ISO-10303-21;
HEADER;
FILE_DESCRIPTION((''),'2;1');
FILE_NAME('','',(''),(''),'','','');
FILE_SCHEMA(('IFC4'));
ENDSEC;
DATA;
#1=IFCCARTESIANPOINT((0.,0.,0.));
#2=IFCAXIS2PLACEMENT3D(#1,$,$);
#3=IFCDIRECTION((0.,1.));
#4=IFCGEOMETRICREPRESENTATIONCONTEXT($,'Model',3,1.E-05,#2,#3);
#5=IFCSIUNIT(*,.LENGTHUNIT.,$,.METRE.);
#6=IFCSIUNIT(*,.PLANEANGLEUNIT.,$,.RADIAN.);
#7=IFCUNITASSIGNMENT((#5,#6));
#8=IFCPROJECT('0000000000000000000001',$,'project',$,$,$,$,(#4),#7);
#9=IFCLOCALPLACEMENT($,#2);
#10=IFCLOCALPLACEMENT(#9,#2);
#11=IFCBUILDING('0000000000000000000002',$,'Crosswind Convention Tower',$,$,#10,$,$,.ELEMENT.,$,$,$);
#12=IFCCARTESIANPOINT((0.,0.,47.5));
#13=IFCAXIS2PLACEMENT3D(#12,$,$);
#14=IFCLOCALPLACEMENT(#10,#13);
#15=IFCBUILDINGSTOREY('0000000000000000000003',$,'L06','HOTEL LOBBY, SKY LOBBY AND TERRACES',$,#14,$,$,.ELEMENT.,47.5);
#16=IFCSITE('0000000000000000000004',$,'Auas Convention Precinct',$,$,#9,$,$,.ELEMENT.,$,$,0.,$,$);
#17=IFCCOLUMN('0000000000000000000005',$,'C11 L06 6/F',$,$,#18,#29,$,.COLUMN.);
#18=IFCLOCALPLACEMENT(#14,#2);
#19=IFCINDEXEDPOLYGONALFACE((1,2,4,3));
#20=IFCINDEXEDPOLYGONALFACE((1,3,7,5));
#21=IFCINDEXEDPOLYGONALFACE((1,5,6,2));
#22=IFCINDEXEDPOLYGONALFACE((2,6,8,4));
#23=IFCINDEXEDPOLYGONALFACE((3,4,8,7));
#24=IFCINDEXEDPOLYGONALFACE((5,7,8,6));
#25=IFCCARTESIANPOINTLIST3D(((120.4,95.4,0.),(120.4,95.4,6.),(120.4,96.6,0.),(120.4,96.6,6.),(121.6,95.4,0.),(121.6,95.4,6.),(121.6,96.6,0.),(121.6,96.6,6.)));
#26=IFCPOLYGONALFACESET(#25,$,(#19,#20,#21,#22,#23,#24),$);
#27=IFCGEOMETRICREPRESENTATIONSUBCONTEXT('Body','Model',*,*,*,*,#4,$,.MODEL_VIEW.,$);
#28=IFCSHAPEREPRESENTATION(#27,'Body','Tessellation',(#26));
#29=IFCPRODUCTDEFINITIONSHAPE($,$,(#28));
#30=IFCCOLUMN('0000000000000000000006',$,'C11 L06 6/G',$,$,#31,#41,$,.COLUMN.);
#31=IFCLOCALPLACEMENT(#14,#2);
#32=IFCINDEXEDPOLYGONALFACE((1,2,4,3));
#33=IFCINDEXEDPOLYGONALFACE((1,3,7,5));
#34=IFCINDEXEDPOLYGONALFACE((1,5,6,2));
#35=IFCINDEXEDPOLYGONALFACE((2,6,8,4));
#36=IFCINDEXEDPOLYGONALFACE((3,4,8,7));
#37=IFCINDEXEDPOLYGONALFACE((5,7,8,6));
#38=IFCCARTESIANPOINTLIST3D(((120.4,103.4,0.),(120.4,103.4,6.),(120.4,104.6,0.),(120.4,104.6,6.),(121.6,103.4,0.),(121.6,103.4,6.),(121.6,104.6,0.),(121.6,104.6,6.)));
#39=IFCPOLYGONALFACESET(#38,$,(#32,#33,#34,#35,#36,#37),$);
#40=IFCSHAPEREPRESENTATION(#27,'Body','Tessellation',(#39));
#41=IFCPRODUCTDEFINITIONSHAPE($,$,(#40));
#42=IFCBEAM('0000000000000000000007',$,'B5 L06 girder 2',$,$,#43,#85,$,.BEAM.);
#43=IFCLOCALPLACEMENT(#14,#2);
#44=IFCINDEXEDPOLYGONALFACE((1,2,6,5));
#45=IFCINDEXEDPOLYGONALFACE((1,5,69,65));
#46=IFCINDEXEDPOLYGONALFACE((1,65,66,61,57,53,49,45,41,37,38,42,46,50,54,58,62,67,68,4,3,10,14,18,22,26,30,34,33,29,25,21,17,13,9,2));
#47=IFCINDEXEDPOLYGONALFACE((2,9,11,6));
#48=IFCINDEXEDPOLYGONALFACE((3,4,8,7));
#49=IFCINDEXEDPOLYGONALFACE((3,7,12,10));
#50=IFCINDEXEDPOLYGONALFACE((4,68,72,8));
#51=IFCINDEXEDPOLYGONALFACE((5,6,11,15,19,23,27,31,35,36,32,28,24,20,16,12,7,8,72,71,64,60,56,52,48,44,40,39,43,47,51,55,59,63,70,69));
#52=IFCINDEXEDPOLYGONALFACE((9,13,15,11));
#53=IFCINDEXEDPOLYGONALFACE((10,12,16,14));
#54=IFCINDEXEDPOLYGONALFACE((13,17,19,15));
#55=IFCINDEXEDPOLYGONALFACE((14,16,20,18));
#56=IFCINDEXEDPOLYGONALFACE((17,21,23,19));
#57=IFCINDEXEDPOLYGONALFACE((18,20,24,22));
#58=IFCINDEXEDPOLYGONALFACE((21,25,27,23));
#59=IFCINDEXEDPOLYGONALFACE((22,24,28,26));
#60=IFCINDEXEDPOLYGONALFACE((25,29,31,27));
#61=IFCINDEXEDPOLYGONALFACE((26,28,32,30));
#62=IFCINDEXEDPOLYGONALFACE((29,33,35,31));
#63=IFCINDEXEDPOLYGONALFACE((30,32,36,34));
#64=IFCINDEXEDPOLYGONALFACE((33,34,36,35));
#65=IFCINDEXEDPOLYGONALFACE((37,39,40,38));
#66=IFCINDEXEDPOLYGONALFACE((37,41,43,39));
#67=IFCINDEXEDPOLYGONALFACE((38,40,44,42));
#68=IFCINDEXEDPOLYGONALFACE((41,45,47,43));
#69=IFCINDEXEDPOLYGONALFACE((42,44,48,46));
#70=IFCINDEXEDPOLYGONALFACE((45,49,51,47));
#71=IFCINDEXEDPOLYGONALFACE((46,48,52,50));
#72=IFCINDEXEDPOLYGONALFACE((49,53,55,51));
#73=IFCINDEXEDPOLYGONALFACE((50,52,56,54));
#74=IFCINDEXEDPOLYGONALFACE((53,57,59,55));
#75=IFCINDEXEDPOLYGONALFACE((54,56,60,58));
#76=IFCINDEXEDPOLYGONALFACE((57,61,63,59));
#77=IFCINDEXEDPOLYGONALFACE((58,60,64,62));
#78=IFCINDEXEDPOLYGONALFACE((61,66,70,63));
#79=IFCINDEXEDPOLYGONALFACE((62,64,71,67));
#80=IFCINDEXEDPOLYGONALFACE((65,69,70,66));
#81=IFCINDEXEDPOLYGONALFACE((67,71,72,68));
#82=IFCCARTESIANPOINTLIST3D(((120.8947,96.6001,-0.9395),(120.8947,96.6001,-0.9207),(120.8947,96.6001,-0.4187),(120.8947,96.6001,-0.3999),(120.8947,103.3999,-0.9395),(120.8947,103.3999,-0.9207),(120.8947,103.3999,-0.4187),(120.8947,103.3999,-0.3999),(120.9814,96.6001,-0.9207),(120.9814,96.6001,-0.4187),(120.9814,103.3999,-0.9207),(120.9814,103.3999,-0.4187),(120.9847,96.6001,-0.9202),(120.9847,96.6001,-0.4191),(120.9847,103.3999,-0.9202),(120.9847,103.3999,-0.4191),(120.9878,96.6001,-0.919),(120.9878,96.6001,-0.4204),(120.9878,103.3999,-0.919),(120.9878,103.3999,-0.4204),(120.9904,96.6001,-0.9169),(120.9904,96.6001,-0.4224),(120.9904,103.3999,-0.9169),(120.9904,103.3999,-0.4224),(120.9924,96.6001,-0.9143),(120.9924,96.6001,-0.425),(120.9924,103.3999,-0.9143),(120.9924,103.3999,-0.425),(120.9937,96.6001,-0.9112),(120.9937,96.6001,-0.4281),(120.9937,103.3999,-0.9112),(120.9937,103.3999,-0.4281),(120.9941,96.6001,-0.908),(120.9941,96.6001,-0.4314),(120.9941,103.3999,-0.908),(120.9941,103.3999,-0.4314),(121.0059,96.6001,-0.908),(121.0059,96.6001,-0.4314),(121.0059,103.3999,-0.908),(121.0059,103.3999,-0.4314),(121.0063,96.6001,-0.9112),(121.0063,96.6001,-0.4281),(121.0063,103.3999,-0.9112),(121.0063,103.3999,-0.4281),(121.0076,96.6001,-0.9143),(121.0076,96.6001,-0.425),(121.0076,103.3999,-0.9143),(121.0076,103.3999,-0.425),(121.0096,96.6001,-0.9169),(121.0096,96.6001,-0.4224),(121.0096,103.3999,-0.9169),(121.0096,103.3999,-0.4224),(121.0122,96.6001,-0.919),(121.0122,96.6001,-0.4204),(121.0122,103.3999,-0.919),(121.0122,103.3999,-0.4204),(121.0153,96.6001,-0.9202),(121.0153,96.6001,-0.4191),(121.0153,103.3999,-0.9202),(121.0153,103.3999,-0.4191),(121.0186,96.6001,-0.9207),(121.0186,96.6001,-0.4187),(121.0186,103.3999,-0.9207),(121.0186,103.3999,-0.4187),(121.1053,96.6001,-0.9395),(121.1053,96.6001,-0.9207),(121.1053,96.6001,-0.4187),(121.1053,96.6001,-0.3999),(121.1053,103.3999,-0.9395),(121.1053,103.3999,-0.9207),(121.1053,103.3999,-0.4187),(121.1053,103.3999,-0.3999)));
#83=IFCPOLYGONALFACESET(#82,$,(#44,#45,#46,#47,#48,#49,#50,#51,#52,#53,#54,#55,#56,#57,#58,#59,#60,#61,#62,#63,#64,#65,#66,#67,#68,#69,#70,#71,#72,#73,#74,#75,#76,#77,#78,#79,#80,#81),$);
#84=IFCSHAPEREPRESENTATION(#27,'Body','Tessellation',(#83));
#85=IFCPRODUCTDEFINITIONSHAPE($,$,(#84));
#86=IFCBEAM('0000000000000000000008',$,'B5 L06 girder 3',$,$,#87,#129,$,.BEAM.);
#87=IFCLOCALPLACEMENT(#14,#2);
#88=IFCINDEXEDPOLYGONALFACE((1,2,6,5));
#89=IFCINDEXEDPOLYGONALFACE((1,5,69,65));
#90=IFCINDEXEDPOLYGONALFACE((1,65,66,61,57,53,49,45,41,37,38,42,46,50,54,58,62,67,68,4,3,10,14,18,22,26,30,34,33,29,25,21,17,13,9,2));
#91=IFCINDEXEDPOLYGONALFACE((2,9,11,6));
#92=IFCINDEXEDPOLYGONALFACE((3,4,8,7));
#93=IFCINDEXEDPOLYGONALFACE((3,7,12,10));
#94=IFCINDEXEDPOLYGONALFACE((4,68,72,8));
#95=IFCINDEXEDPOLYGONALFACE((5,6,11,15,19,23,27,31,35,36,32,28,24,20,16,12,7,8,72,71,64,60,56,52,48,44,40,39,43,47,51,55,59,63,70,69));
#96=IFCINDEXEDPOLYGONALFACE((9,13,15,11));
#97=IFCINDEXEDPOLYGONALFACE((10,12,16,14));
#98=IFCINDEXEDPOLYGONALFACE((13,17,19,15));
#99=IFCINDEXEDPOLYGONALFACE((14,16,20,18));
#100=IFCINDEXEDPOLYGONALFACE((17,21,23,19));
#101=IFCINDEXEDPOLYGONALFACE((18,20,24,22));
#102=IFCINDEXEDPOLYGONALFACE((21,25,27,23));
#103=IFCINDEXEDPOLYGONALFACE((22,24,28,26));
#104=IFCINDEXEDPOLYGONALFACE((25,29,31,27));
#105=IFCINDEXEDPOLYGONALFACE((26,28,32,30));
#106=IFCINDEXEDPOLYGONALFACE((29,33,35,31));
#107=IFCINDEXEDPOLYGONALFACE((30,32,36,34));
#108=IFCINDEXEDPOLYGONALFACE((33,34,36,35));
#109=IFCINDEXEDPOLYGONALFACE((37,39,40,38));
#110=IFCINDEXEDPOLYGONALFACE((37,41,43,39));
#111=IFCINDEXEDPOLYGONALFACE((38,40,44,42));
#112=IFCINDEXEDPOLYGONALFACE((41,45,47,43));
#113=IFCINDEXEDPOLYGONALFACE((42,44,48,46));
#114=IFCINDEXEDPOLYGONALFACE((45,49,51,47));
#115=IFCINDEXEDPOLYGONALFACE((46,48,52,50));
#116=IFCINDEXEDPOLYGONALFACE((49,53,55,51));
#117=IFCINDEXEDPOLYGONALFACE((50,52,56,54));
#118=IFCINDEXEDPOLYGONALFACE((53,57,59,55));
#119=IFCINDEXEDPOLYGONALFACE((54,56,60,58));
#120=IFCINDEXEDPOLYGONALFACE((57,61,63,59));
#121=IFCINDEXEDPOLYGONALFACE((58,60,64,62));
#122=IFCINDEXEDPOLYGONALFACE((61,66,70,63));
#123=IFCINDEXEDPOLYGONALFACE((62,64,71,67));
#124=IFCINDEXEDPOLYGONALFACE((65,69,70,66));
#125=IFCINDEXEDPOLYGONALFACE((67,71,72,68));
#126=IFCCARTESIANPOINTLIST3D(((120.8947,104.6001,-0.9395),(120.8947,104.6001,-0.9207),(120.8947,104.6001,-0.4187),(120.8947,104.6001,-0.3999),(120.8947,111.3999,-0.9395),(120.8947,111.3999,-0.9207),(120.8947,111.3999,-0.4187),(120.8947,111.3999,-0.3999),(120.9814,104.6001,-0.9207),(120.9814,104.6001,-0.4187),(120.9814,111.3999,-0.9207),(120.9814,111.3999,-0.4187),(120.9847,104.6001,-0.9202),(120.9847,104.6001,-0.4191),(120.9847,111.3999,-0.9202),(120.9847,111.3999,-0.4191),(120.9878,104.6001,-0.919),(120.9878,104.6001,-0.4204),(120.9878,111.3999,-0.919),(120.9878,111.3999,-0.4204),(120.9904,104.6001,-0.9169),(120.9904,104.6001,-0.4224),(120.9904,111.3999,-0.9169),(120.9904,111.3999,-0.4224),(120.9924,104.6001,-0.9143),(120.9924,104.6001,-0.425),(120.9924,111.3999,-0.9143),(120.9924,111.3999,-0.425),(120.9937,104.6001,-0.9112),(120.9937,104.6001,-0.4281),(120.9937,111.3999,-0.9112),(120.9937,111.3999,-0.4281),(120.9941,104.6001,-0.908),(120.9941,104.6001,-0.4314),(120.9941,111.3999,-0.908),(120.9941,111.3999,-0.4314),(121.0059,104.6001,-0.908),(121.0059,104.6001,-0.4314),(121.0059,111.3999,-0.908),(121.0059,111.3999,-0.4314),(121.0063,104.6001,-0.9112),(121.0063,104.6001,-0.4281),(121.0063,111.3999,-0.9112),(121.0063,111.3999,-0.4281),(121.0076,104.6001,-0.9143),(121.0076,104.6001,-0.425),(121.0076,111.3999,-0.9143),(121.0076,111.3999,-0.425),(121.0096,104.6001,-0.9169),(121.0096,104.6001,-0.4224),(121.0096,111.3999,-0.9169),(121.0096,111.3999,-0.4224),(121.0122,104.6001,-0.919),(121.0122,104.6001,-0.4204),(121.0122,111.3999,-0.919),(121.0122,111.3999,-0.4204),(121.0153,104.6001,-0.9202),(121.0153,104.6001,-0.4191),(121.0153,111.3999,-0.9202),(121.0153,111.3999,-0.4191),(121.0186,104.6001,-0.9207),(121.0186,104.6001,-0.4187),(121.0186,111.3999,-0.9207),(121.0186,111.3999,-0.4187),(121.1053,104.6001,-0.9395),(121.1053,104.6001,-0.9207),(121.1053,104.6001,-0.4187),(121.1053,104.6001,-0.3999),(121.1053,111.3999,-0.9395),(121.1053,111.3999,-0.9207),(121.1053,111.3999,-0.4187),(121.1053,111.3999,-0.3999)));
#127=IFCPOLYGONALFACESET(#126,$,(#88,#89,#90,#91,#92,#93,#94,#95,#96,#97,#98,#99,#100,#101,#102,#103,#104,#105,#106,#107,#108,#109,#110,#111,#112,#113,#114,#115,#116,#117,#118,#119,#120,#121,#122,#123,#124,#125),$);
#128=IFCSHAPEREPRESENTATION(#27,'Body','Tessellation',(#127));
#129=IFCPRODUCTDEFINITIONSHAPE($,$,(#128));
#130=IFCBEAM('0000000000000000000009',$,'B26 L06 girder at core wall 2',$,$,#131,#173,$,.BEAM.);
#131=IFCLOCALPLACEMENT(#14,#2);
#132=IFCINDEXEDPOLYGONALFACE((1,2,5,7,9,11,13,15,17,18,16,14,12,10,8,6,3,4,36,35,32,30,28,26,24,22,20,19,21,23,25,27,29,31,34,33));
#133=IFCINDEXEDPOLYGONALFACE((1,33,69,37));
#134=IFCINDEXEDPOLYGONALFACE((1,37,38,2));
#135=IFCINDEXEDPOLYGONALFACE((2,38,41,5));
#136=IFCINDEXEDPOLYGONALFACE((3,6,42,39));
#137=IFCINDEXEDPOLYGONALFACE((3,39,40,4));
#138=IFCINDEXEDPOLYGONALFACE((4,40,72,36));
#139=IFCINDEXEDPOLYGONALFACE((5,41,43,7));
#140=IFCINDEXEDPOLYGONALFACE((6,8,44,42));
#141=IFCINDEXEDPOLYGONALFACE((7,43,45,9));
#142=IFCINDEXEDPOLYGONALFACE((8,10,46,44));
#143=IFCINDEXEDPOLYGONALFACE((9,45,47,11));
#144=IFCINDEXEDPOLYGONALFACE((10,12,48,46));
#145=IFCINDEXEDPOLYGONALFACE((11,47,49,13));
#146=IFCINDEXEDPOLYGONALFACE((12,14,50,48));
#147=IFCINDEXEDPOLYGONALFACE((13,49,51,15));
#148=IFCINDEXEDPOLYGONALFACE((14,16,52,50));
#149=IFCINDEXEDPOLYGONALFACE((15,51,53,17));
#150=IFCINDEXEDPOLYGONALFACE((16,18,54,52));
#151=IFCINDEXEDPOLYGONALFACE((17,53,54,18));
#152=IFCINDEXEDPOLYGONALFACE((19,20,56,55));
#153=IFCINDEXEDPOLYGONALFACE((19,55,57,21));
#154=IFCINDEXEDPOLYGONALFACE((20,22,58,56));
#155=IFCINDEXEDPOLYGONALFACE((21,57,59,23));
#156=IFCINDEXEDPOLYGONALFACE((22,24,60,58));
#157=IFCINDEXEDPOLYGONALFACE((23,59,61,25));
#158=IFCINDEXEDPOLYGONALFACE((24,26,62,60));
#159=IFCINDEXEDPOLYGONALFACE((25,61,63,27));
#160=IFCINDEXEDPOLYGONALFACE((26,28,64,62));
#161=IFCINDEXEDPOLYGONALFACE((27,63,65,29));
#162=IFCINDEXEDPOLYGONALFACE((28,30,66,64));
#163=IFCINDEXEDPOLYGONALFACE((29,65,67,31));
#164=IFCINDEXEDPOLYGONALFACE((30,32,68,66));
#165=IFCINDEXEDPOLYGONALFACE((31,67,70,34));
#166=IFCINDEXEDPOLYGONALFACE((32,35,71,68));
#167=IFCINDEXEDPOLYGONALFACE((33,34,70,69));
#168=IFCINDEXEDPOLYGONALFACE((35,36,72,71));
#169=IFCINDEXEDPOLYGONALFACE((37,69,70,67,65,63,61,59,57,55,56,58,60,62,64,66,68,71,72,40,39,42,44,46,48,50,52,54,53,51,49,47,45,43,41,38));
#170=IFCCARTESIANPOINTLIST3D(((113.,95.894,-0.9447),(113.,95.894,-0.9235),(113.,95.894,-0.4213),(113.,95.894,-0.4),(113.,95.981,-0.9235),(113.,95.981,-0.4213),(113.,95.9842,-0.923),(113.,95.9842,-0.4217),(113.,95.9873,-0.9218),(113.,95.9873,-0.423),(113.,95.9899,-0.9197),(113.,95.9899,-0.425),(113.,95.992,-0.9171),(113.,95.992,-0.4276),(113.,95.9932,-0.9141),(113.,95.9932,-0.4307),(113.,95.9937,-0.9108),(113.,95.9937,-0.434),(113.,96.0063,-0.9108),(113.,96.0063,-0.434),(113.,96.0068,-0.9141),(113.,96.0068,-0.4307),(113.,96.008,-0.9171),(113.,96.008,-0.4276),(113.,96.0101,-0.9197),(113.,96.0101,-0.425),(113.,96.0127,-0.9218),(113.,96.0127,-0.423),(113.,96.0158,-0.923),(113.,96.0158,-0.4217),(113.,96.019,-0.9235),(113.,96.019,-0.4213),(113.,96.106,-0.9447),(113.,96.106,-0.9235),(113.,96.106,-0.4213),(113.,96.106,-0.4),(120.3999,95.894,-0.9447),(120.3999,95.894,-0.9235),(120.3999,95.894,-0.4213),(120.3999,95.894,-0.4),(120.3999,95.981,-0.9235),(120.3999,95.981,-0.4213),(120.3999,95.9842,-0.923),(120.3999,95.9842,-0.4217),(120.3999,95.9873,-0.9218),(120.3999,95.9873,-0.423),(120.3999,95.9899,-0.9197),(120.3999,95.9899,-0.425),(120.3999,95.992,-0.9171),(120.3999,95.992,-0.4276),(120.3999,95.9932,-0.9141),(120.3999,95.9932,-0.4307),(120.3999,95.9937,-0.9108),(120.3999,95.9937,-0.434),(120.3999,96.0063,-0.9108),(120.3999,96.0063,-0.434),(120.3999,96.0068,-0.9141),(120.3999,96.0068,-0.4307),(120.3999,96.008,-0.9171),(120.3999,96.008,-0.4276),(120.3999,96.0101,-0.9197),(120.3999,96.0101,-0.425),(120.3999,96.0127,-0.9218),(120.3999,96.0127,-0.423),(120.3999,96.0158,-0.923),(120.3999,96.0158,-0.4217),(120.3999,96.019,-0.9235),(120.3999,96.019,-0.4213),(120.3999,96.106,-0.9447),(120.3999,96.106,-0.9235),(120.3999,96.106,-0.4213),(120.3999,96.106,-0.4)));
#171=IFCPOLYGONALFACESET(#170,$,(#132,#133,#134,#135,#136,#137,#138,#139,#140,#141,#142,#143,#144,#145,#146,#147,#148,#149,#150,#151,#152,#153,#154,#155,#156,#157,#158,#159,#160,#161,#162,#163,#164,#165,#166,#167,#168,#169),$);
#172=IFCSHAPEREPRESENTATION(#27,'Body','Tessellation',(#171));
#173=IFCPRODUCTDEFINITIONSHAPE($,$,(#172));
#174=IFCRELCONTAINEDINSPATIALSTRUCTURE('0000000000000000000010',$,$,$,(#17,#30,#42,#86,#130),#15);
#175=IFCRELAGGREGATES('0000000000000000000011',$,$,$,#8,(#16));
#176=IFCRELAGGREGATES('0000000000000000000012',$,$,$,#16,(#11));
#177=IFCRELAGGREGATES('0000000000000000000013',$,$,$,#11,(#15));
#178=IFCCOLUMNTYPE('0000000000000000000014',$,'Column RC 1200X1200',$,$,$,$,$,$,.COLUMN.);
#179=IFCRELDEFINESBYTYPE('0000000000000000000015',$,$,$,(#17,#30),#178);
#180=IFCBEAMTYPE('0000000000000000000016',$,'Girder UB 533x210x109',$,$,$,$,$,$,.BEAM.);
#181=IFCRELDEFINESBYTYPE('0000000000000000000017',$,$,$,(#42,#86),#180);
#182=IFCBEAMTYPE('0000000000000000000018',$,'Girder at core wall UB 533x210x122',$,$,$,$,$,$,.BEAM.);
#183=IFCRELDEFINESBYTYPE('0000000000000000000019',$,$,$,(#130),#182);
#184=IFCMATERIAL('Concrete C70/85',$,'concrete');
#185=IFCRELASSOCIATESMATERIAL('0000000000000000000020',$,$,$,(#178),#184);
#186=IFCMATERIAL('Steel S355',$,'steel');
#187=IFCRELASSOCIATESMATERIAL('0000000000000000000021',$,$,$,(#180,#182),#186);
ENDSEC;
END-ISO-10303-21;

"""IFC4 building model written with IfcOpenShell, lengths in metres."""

from ifc_helpers import new_model, si_unit, direction, frame, origin, origin_2d, place, context, subcontext, project, spatial, rectangle, i_section, extrude, material, material_profile, profile_set, type_object, element, save


model = new_model("IFC4")

# Units and contexts
model_context = context("Model", 3, precision=1e-05, world=origin(), true_north=direction((0.0, 1.0)))
body_context = subcontext(model_context, "Body", "Model", "MODEL_VIEW")
ifc_project = project(units=[si_unit("LENGTHUNIT", "METRE"), si_unit("PLANEANGLEUNIT", "RADIAN")], contexts=[model_context])

# Site, building, storey
site_placement = place(None, origin())
site = spatial("IfcSite", under=ifc_project, at=site_placement, Name="Auas Convention Precinct", CompositionType="ELEMENT", RefElevation=0.0)
building_placement = place(site_placement, origin())
building = spatial("IfcBuilding", under=site, at=building_placement, Name="Crosswind Convention Tower", CompositionType="ELEMENT")
storey_placement = place(building_placement, frame((0.0, 0.0, 47.5)))
storey = spatial("IfcBuildingStorey", under=building, at=storey_placement, Name="L06", Description="HOTEL LOBBY, SKY LOBBY AND TERRACES", CompositionType="ELEMENT", Elevation=47.5)

# Columns
ifc_material_1 = material(Name="Concrete C70/85", Category="concrete")
ifc_material_profile_1 = material_profile(ifc_material_1, rectangle(XDim=1.2, YDim=1.2, at=origin_2d()), Name="RC 1200X1200")
ifc_profile_set_1 = profile_set([ifc_material_profile_1], Name="Concrete C70/85")
column_type = type_object("IfcColumnType", Name="Column RC 1200X1200", PredefinedType="COLUMN", material=ifc_profile_set_1)
for number, where, z_axis, x_axis, name in (
    (1, (121.0, 96.0, 0.0), (0.0, 0.0, 1.0), (1.0, 0.0, 0.0), "C11 L06 6/F"),
    (2, (121.0, 104.0, 0.0), (0.0, 0.0, 1.0), (1.0, 0.0, 0.0), "C11 L06 6/G"),
):
    element("IfcColumn", number, at=place(storey_placement, frame(where, z_axis=z_axis, x_axis=x_axis)), inside=storey, type_object=column_type, Name=name, PredefinedType="COLUMN", context=body_context, shape_type="SweptSolid", body=[
        extrude(rectangle(XDim=1.2, YDim=1.2, at=origin_2d()), origin(), (0.0, 0.0, 1.0), 6.0),
    ])

# Beams
ifc_material_2 = material(Name="Steel S355", Category="steel")
ifc_material_profile_2 = material_profile(ifc_material_2, i_section(OverallWidth=0.2107, OverallDepth=0.5396, WebThickness=0.0117, FlangeThickness=0.0188, FilletRadius=0.0127, at=origin_2d()), Name="UB 533x210x109")
ifc_profile_set_2 = profile_set([ifc_material_profile_2], Name="Steel S355")
beam_type_1 = type_object("IfcBeamType", Name="Girder UB 533x210x109", PredefinedType="BEAM", material=ifc_profile_set_2)
for number, where, z_axis, x_axis, name in (
    (3, (121.0, 96.6001, -0.6697), (0.0, 1.0, 0.0), (-1.0, 0.0, 0.0), "B5 L06 girder 2"),
    (4, (121.0, 104.6001, -0.6697), (0.0, 1.0, 0.0), (-1.0, 0.0, 0.0), "B5 L06 girder 3"),
):
    element("IfcBeam", number, at=place(storey_placement, frame(where, z_axis=z_axis, x_axis=x_axis)), inside=storey, type_object=beam_type_1, Name=name, PredefinedType="BEAM", context=body_context, shape_type="SweptSolid", body=[
        extrude(i_section(OverallWidth=0.2107, OverallDepth=0.5396, WebThickness=0.0117, FlangeThickness=0.0188, FilletRadius=0.0127, at=origin_2d()), origin(), (0.0, 0.0, 1.0), 6.7998),
    ])
ifc_material_profile_3 = material_profile(ifc_material_2, i_section(OverallWidth=0.2119, OverallDepth=0.5447, WebThickness=0.0127, FlangeThickness=0.0212, FilletRadius=0.0127, at=origin_2d()), Name="UB 533x210x122")
ifc_profile_set_3 = profile_set([ifc_material_profile_3], Name="Steel S355")
beam_type_2 = type_object("IfcBeamType", Name="Girder at core wall UB 533x210x122", PredefinedType="BEAM", material=ifc_profile_set_3)
for number, where, z_axis, x_axis, name in (
    (5, (113.0, 96.0, -0.6724), (1.0, 0.0, 0.0), (0.0, 1.0, 0.0), "B26 L06 girder at core wall 2"),
):
    element("IfcBeam", number, at=place(storey_placement, frame(where, z_axis=z_axis, x_axis=x_axis)), inside=storey, type_object=beam_type_2, Name=name, PredefinedType="BEAM", context=body_context, shape_type="SweptSolid", body=[
        extrude(i_section(OverallWidth=0.2119, OverallDepth=0.5447, WebThickness=0.0127, FlangeThickness=0.0212, FilletRadius=0.0127, at=origin_2d()), origin(), (0.0, 0.0, 1.0), 7.3999),
    ])

save(model, "model.ifc")
